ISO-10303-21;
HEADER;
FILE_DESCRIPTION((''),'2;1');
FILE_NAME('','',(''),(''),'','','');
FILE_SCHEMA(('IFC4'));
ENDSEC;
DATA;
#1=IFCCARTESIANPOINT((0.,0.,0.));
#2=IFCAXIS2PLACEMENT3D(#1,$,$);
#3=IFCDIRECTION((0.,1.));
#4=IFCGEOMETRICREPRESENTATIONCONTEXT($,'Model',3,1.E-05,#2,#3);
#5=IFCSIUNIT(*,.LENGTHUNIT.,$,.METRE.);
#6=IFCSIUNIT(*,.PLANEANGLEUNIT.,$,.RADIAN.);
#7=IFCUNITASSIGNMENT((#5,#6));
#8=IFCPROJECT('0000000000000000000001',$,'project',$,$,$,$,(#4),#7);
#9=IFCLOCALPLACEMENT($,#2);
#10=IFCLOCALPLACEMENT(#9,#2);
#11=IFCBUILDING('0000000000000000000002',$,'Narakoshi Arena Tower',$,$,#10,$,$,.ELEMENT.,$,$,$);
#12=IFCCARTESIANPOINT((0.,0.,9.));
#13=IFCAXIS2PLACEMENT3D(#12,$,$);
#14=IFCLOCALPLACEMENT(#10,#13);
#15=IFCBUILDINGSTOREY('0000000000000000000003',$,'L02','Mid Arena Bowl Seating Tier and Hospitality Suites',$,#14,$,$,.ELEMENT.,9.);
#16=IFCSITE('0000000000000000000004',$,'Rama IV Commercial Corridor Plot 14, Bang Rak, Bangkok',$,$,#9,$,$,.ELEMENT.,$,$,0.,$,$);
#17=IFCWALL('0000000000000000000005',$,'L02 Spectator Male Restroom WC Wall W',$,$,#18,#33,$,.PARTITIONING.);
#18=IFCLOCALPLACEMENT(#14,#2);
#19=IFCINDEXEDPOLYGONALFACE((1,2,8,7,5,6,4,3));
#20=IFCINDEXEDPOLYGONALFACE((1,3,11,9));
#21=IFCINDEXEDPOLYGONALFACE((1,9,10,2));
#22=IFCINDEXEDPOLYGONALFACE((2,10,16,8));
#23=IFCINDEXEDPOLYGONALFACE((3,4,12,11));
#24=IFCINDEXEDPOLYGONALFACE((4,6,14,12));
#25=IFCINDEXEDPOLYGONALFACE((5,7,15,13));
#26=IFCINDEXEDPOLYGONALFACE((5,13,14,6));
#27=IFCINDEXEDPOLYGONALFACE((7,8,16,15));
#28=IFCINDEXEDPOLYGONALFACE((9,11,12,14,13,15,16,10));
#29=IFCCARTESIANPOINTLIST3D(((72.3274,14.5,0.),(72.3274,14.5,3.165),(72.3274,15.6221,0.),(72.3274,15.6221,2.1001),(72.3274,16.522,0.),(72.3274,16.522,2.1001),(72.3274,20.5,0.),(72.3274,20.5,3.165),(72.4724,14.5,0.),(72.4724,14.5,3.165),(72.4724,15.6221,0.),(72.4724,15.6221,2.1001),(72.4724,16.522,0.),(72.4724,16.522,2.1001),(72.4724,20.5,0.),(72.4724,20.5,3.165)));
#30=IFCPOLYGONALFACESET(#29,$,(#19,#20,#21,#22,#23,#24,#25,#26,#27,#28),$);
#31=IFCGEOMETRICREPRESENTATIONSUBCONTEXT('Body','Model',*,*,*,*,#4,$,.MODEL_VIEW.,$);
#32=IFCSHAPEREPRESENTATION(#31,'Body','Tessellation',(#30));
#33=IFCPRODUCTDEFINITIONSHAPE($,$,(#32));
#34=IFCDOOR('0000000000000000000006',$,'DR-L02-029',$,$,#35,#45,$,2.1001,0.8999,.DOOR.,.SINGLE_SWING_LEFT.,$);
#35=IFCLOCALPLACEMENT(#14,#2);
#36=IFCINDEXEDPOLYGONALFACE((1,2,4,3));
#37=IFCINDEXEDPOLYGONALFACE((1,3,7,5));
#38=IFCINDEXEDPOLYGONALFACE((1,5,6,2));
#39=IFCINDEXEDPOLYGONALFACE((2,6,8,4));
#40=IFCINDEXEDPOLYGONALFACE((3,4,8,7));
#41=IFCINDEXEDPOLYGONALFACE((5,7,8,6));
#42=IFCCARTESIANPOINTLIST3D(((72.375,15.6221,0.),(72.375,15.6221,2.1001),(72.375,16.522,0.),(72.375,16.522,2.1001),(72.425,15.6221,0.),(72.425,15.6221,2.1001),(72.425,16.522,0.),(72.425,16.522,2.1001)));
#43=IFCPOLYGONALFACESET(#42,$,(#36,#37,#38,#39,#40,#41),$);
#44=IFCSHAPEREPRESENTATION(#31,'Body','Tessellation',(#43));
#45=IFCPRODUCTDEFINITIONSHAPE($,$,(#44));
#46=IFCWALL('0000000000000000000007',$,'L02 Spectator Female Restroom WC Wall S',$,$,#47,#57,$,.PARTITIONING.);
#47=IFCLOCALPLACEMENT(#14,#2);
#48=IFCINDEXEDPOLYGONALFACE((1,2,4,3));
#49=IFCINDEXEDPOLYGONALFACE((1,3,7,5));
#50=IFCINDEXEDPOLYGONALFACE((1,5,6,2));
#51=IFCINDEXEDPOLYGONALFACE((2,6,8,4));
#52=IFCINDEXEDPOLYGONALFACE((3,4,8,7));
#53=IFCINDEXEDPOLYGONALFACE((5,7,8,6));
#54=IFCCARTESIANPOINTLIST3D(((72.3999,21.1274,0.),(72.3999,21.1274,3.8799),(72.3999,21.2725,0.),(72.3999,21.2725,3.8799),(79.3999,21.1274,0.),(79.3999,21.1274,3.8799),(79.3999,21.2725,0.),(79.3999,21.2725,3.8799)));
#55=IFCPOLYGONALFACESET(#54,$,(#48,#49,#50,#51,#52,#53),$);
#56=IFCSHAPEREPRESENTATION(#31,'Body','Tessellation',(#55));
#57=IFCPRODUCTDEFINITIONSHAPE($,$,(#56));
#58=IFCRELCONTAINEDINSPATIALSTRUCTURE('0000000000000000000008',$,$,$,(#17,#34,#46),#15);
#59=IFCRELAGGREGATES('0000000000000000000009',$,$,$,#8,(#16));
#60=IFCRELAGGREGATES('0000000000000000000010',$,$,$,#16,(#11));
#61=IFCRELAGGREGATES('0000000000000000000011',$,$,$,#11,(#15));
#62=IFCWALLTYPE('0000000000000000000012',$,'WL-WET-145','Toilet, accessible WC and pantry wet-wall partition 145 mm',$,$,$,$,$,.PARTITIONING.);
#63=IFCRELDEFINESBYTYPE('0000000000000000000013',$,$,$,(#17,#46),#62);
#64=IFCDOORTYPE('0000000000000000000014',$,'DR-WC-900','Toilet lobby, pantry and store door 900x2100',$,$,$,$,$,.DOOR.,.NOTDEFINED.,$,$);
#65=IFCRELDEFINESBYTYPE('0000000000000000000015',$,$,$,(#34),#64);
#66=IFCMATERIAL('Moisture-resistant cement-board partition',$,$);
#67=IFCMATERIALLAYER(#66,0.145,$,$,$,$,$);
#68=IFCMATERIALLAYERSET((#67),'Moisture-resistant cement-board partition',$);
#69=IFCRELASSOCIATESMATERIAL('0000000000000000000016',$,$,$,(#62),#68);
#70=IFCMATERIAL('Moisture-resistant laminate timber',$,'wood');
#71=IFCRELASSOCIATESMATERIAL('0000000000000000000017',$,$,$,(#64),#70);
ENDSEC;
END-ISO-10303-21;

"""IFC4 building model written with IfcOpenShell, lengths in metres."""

from ifc_helpers import new_model, si_unit, direction, frame, frame_2d, origin, place, context, subcontext, project, spatial, rectangle, extrude, material, layer, layer_set, type_object, element, fill, save


model = new_model("IFC4")

# Units and contexts
model_context = context("Model", 3, precision=1e-05, world=origin(), true_north=direction((0.0, 1.0)))
body_context = subcontext(model_context, "Body", "Model", "MODEL_VIEW")
ifc_project = project(units=[si_unit("LENGTHUNIT", "METRE"), si_unit("PLANEANGLEUNIT", "RADIAN")], contexts=[model_context])

# Site, building, storey
site_placement = place(None, origin())
site = spatial("IfcSite", under=ifc_project, at=site_placement, Name="Rama IV Commercial Corridor Plot 14, Bang Rak, Bangkok", CompositionType="ELEMENT", RefElevation=0.0)
building_placement = place(site_placement, origin())
building = spatial("IfcBuilding", under=site, at=building_placement, Name="Narakoshi Arena Tower", CompositionType="ELEMENT")
storey_placement = place(building_placement, frame((0.0, 0.0, 9.0)))
storey = spatial("IfcBuildingStorey", under=building, at=storey_placement, Name="L02", Description="Mid Arena Bowl Seating Tier and Hospitality Suites", CompositionType="ELEMENT", Elevation=9.0)

# Shared definitions
ifc_material_1 = material(Name="Moisture-resistant cement-board partition")
ifc_layer = layer(ifc_material_1, 0.145)
ifc_layer_set = layer_set([ifc_layer], Name="Moisture-resistant cement-board partition")
wall_type = type_object("IfcWallType", Name="WL-WET-145", Description="Toilet, accessible WC and pantry wet-wall partition 145 mm", PredefinedType="PARTITIONING", material=ifc_layer_set)

# Wall, opening, door
wall_1_placement = place(storey_placement, frame((72.3999, 20.5, 0.0), z_axis=(0.0, 0.0, 1.0), x_axis=(0.0, -1.0, 0.0)))
wall_1 = element("IfcWall", 1, at=wall_1_placement, inside=storey, type_object=wall_type, Name="L02 Spectator Male Restroom WC Wall W", PredefinedType="PARTITIONING", context=body_context, shape_type="SweptSolid", body=[
    extrude(rectangle(XDim=6.0, YDim=0.145, at=frame_2d((3.0, 0.0))), origin(), (0.0, 0.0, 1.0), 3.165),
])
opening_placement = place(wall_1_placement, frame((3.978, 0.0, 0.0)))
opening = element("IfcOpeningElement", 2, at=opening_placement, cuts=wall_1, PredefinedType="OPENING", context=body_context, shape_type="SweptSolid", body=[
    extrude(rectangle(XDim=0.8999, YDim=2.1001, at=frame_2d((0.45, 1.05))), frame((0.0, 0.0825, 0.0), z_axis=(0.0, -1.0, 0.0), x_axis=(1.0, 0.0, 0.0)), (0.0, 0.0, 1.0), 0.165),
])
ifc_material_2 = material(Name="Moisture-resistant laminate timber", Category="wood")
door_type = type_object("IfcDoorType", Name="DR-WC-900", Description="Toilet lobby, pantry and store door 900x2100", OperationType="NOTDEFINED", PredefinedType="DOOR", material=ifc_material_2)
door_placement = place(opening_placement, frame((0.8999, 0.0, 0.0), z_axis=(0.0, 0.0, 1.0), x_axis=(-1.0, 0.0, 0.0)))
door = element("IfcDoor", 3, at=door_placement, inside=storey, type_object=door_type, Name="DR-L02-029", OperationType="SINGLE_SWING_LEFT", OverallHeight=2.1001, OverallWidth=0.8999, PredefinedType="DOOR", context=body_context, shape_type="SweptSolid", body=[
    extrude(rectangle(XDim=0.8999, YDim=2.1001, at=frame_2d((0.45, 1.05))), frame((0.0, 0.0249, 0.0), z_axis=(0.0, -1.0, 0.0), x_axis=(1.0, 0.0, 0.0)), (0.0, 0.0, 1.0), 0.05),
])
fill(opening, door)

# Wall
wall_2_placement = place(storey_placement, frame((72.3999, 21.2, 0.0), z_axis=(0.0, 0.0, 1.0), x_axis=(1.0, 0.0, 0.0)))
element("IfcWall", 4, at=wall_2_placement, inside=storey, type_object=wall_type, Name="L02 Spectator Female Restroom WC Wall S", PredefinedType="PARTITIONING", context=body_context, shape_type="SweptSolid", body=[
    extrude(rectangle(XDim=7.0, YDim=0.145, at=frame_2d((3.5, 0.0))), origin(), (0.0, 0.0, 1.0), 3.8799),
])

save(model, "model.ifc")
